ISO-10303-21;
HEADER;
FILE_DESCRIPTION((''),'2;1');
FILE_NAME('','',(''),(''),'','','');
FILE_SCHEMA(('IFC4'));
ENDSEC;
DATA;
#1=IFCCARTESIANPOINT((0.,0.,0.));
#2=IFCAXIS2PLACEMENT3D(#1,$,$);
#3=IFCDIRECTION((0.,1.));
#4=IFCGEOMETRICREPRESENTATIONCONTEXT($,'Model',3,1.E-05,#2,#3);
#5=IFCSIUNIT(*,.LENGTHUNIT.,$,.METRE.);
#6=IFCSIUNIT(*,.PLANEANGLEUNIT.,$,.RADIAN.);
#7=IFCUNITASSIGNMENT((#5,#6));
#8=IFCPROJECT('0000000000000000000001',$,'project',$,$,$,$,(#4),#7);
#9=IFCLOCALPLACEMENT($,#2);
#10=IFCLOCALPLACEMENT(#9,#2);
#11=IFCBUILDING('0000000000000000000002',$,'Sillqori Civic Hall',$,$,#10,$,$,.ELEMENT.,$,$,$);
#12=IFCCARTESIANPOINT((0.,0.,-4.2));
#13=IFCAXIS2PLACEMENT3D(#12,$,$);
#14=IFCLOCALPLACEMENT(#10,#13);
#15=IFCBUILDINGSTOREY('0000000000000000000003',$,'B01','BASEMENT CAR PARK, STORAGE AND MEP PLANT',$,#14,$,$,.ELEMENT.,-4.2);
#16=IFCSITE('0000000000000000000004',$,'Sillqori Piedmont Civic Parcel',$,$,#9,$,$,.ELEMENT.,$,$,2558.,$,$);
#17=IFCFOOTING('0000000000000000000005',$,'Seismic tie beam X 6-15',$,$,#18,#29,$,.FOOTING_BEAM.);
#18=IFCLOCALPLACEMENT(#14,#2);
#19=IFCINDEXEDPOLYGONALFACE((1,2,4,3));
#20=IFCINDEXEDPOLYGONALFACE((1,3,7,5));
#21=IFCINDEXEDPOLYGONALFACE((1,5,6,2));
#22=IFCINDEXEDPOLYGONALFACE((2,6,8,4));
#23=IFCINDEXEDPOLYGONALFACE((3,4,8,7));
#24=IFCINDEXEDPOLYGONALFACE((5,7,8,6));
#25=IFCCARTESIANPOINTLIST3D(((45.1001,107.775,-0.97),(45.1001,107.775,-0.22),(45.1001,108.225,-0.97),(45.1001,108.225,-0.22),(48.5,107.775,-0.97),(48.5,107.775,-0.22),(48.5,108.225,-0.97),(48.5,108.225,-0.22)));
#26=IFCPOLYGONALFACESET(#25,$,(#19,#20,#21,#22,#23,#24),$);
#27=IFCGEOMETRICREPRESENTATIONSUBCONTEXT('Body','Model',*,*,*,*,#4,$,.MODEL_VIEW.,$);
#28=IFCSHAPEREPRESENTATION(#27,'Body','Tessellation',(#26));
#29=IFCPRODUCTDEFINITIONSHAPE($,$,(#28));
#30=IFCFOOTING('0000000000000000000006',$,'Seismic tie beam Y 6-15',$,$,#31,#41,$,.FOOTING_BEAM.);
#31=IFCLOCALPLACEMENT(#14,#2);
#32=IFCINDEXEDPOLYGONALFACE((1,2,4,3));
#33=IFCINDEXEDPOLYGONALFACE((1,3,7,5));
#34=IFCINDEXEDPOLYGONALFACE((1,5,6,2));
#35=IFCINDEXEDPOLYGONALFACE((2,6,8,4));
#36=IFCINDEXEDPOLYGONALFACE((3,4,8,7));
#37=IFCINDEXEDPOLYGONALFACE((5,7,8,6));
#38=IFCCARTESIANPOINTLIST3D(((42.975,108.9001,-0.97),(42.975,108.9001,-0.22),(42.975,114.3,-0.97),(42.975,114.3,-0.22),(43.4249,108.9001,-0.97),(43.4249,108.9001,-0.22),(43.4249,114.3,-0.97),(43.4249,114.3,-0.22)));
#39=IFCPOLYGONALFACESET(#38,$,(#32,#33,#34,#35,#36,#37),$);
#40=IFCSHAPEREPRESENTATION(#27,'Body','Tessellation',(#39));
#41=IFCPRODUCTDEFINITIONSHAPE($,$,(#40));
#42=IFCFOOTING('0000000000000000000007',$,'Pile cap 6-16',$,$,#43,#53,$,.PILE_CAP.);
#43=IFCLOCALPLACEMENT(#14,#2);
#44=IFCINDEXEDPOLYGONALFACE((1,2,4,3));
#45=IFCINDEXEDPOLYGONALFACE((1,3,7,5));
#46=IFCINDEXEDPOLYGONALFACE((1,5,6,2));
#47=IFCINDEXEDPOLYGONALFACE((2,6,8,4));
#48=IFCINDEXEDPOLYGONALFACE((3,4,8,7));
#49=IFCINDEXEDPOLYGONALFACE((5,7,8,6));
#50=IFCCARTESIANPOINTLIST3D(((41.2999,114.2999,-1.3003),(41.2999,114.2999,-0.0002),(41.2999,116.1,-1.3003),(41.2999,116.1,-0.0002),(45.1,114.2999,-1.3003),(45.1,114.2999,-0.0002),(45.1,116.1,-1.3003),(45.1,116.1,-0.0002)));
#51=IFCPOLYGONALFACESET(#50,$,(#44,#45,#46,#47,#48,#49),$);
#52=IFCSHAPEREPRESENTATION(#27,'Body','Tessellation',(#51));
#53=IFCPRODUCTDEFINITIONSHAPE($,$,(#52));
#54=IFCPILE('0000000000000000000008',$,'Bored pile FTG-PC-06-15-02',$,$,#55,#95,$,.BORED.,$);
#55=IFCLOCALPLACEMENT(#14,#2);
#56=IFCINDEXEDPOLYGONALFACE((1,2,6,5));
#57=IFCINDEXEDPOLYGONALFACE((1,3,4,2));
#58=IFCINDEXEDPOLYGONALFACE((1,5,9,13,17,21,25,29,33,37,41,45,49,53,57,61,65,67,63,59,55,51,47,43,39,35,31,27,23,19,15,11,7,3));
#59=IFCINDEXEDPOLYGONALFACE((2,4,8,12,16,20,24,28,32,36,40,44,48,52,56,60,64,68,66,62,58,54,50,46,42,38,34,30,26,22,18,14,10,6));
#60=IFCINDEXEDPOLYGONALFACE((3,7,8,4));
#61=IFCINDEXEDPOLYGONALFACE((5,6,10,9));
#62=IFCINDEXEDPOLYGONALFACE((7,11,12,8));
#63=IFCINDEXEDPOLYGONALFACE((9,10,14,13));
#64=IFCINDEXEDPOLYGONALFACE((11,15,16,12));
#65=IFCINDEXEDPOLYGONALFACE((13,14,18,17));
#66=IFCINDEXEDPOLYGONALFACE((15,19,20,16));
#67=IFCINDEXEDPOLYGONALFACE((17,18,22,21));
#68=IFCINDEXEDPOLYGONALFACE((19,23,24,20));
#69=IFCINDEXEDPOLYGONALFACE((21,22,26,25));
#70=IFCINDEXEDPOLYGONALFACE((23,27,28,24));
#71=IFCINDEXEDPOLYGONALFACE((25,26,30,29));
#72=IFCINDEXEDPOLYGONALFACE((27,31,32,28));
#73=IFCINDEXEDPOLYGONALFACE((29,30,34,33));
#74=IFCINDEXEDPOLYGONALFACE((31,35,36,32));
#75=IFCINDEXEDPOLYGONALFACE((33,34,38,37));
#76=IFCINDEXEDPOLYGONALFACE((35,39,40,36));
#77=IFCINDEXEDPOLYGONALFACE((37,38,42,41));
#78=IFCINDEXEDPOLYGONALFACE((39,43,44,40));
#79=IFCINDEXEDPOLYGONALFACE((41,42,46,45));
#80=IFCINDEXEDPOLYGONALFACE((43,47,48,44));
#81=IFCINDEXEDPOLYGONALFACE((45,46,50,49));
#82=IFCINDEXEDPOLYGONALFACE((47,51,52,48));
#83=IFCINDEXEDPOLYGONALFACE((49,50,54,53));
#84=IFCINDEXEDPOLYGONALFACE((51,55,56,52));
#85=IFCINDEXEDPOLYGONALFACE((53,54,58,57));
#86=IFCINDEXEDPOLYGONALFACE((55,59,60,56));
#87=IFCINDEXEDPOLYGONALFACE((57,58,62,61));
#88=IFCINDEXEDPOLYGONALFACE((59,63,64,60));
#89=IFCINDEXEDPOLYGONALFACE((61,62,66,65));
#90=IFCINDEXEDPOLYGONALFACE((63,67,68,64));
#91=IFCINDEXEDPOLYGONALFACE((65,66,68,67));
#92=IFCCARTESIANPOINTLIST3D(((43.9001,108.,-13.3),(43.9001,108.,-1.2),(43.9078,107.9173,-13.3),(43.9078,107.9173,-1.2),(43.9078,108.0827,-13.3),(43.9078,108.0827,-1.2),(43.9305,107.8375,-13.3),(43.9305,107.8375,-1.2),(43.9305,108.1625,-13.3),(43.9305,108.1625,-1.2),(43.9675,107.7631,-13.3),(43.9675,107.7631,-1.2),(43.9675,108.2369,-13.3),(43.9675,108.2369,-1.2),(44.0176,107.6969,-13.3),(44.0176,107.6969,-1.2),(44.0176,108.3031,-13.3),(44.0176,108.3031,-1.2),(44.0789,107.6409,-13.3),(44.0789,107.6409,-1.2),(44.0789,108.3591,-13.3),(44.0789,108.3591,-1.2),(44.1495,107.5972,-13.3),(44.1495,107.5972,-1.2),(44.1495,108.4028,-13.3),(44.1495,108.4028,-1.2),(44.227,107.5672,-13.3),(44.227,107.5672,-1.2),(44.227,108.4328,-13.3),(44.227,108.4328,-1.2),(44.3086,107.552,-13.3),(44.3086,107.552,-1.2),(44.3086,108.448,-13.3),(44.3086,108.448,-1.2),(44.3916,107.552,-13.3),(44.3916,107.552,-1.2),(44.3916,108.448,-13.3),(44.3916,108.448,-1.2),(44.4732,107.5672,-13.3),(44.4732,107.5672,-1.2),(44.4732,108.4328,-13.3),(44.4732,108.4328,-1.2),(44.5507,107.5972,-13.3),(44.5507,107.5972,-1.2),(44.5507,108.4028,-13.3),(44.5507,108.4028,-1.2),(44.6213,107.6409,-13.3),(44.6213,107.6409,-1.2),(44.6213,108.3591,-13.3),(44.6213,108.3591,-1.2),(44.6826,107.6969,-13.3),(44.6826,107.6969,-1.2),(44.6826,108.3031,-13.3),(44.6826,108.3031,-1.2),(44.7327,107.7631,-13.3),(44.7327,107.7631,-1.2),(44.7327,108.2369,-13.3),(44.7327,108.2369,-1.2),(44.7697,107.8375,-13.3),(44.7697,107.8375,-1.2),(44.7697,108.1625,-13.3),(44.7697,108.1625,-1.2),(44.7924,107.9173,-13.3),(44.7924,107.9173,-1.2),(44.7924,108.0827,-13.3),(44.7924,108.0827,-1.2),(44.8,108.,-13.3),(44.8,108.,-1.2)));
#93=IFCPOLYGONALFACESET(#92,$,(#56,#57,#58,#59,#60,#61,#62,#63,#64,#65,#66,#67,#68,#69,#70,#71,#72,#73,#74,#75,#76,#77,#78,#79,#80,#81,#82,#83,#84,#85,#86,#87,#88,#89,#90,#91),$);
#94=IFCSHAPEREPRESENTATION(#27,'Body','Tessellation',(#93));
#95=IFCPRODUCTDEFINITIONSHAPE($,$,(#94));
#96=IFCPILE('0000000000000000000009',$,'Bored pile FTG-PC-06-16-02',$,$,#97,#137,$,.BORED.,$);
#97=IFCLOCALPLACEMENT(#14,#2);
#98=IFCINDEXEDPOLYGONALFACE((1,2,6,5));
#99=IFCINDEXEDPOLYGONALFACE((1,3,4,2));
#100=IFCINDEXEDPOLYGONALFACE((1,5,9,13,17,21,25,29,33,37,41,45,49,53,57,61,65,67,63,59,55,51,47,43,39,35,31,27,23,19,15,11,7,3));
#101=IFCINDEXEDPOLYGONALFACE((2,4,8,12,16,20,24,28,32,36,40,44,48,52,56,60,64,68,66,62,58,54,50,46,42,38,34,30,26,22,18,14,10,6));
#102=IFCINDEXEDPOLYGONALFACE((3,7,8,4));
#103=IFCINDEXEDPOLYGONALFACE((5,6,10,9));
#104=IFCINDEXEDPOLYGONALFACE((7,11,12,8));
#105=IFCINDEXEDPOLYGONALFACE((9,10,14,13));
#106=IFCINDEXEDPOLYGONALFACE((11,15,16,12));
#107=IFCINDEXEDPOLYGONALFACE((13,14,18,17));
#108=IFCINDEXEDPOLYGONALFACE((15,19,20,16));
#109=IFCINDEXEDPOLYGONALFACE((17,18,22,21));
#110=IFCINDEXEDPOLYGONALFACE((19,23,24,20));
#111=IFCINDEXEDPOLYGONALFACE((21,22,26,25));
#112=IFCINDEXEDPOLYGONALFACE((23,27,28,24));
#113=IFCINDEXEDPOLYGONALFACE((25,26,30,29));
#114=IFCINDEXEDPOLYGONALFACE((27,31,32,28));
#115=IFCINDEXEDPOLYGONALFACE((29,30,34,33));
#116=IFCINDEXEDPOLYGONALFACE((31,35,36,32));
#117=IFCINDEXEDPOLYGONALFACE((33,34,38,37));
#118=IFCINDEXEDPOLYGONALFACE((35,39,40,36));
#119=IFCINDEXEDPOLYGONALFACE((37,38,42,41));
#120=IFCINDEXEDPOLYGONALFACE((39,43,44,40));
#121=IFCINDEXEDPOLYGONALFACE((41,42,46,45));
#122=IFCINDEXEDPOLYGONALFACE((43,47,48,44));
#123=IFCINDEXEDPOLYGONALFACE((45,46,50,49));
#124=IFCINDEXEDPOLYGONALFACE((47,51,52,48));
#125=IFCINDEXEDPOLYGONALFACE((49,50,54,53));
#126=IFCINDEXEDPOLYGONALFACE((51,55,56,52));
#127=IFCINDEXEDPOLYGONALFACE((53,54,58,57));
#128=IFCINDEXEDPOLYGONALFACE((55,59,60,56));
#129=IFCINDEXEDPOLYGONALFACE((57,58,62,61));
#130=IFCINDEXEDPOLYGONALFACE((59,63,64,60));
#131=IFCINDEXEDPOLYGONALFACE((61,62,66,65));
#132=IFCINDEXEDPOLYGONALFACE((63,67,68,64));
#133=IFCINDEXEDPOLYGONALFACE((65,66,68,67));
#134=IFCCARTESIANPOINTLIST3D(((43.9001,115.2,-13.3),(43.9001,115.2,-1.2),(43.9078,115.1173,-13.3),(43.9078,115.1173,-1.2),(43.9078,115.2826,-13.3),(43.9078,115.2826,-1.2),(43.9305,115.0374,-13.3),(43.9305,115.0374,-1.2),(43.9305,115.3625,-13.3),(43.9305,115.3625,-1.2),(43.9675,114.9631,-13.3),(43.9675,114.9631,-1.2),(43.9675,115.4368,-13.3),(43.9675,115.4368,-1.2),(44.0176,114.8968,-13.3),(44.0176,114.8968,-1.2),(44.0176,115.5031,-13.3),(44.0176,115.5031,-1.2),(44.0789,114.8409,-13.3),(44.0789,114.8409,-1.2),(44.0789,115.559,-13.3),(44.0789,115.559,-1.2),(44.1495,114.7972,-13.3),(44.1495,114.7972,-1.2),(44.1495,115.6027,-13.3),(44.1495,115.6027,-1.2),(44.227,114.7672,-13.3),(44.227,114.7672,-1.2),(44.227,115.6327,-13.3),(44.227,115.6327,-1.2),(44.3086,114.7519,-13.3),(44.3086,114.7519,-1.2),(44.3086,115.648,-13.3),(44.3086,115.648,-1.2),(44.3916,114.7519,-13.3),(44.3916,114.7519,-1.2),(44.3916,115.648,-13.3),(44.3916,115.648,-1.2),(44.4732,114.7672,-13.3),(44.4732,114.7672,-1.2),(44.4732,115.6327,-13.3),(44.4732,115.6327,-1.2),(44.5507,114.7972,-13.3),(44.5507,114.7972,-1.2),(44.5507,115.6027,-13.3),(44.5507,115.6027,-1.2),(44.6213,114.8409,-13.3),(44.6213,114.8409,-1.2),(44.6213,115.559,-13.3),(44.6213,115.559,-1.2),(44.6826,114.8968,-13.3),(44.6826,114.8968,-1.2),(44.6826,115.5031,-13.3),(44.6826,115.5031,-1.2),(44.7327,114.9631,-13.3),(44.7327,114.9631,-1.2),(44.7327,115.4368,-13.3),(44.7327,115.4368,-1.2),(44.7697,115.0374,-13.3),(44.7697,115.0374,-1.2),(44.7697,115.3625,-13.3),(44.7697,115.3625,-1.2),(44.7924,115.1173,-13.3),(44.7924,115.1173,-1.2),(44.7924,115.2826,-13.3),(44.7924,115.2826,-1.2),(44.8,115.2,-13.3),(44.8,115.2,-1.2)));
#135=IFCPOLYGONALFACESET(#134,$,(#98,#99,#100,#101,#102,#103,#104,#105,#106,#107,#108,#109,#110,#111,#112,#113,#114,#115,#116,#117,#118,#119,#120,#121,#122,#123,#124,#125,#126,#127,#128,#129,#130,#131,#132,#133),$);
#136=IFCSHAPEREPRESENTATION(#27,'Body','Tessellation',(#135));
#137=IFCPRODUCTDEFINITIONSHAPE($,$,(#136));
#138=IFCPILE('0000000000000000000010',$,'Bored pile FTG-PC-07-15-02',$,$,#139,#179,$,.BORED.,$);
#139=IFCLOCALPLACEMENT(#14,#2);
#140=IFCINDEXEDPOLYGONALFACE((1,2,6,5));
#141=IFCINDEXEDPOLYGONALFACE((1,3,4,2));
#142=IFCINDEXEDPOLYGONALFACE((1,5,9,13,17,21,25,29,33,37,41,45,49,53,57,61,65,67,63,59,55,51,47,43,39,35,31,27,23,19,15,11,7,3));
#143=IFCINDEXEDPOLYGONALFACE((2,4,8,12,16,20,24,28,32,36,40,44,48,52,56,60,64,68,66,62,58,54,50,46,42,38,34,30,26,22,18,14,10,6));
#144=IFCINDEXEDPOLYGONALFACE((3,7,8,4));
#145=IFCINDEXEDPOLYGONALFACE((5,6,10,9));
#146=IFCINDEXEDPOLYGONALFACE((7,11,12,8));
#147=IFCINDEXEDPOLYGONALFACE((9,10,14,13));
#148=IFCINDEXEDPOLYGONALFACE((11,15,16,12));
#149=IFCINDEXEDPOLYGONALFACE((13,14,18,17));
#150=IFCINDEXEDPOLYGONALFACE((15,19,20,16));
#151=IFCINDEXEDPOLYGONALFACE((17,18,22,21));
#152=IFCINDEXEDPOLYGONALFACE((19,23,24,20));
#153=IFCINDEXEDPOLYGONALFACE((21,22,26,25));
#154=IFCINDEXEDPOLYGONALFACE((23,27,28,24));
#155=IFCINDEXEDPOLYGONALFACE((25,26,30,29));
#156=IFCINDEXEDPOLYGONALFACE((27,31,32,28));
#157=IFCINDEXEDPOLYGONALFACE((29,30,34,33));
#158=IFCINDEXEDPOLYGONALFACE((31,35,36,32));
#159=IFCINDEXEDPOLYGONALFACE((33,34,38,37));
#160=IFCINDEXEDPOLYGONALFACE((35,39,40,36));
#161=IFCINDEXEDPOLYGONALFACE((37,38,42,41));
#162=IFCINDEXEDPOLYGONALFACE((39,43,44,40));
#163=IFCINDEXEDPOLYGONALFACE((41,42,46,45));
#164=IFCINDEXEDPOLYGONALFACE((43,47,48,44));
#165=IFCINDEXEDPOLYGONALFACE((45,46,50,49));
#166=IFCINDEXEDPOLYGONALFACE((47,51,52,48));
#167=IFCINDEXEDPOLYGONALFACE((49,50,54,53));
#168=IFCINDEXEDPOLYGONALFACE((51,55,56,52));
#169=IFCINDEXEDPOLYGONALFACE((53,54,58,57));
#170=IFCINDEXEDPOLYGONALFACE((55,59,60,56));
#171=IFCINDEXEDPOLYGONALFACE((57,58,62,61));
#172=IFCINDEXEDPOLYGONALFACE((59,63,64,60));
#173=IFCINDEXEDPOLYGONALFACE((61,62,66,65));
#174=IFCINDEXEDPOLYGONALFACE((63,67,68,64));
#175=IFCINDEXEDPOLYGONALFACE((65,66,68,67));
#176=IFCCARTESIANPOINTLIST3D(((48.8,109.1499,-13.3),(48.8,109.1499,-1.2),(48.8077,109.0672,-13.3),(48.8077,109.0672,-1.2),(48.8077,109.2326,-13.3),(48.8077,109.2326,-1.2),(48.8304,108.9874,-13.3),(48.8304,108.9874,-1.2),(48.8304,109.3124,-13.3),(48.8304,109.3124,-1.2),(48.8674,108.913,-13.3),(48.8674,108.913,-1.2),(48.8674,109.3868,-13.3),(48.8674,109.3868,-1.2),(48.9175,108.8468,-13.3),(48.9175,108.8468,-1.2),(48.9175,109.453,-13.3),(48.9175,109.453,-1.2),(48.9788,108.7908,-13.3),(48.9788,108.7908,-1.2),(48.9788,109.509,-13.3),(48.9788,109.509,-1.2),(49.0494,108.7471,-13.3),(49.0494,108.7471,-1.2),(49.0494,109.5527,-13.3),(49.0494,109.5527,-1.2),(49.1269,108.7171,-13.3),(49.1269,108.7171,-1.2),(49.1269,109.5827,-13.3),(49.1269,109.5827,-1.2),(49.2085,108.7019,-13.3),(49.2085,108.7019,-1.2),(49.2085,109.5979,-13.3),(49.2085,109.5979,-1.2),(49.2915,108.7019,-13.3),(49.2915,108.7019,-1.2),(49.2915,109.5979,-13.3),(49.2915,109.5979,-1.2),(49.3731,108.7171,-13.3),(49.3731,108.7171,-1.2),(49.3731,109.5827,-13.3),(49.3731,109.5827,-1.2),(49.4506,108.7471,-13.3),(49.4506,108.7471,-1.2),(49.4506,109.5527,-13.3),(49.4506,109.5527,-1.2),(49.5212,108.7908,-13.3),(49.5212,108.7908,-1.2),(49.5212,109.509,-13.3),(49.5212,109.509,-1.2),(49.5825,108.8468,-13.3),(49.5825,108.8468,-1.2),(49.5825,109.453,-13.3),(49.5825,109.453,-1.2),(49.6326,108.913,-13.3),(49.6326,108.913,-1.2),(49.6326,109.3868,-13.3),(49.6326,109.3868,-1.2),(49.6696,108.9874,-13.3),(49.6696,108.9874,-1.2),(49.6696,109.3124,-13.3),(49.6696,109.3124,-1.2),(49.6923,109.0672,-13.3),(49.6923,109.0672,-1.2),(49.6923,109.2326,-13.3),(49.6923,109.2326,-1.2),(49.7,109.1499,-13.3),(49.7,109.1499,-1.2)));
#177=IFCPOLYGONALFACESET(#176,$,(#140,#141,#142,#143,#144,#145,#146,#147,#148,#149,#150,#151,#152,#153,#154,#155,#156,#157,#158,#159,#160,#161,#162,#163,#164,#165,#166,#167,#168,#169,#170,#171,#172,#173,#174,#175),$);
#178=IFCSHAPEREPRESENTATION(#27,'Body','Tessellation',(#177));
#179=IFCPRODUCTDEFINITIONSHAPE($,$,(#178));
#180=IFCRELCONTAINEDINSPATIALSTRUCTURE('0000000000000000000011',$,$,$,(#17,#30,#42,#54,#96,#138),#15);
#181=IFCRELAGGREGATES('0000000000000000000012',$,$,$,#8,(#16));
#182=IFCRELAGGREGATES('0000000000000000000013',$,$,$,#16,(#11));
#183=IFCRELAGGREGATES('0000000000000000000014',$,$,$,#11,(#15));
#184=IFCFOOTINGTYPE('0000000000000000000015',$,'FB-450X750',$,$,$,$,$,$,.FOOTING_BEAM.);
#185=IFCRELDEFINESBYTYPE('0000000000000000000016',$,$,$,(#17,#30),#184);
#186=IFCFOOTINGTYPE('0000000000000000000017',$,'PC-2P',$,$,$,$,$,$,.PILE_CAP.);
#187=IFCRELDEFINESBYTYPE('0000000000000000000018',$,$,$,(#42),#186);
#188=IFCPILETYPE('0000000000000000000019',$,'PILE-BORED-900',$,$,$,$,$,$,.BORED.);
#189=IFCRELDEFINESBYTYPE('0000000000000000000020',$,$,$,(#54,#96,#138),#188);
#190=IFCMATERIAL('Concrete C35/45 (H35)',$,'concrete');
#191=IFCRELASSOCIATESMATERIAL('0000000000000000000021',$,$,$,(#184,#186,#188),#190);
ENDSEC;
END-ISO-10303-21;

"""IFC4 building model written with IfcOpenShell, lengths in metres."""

from ifc_helpers import new_model, si_unit, direction, frame, origin, origin_2d, place, context, subcontext, project, spatial, rectangle, circle, extrude, material, material_profile, profile_set, type_object, element, save


model = new_model("IFC4")

# Units and contexts
model_context = context("Model", 3, precision=1e-05, world=origin(), true_north=direction((0.0, 1.0)))
body_context = subcontext(model_context, "Body", "Model", "MODEL_VIEW")
ifc_project = project(units=[si_unit("LENGTHUNIT", "METRE"), si_unit("PLANEANGLEUNIT", "RADIAN")], contexts=[model_context])

# Site, building, storey
site_placement = place(None, origin())
site = spatial("IfcSite", under=ifc_project, at=site_placement, Name="Sillqori Piedmont Civic Parcel", CompositionType="ELEMENT", RefElevation=2558.0)
building_placement = place(site_placement, origin())
building = spatial("IfcBuilding", under=site, at=building_placement, Name="Sillqori Civic Hall", CompositionType="ELEMENT")
storey_placement = place(building_placement, frame((0.0, 0.0, -4.2)))
storey = spatial("IfcBuildingStorey", under=building, at=storey_placement, Name="B01", Description="BASEMENT CAR PARK, STORAGE AND MEP PLANT", CompositionType="ELEMENT", Elevation=-4.2)

# Footings
ifc_material_1 = material(Name="Concrete C35/45 (H35)", Category="concrete")
footing_type_1 = type_object("IfcFootingType", Name="FB-450X750", PredefinedType="FOOTING_BEAM", material=ifc_material_1)
footing_1_placement = place(storey_placement, frame((46.8, 108.0, -0.97), z_axis=(0.0, 0.0, 1.0), x_axis=(1.0, 0.0, 0.0)))
element("IfcFooting", 1, at=footing_1_placement, inside=storey, type_object=footing_type_1, Name="Seismic tie beam X 6-15", PredefinedType="FOOTING_BEAM", context=body_context, shape_type="SweptSolid", body=[
    extrude(rectangle(XDim=3.3999, YDim=0.45, at=origin_2d()), origin(), (0.0, 0.0, 1.0), 0.75),
])
footing_2_placement = place(storey_placement, frame((43.2, 111.6001, -0.97), z_axis=(0.0, 0.0, 1.0), x_axis=(1.0, 0.0, 0.0)))
element("IfcFooting", 2, at=footing_2_placement, inside=storey, type_object=footing_type_1, Name="Seismic tie beam Y 6-15", PredefinedType="FOOTING_BEAM", context=body_context, shape_type="SweptSolid", body=[
    extrude(rectangle(XDim=0.45, YDim=5.3999, at=origin_2d()), origin(), (0.0, 0.0, 1.0), 0.75),
])
footing_type_2 = type_object("IfcFootingType", Name="PC-2P", PredefinedType="PILE_CAP", material=ifc_material_1)
footing_3_placement = place(storey_placement, frame((43.2, 115.2, -1.3003), z_axis=(0.0, 0.0, 1.0), x_axis=(1.0, 0.0, 0.0)))
element("IfcFooting", 3, at=footing_3_placement, inside=storey, type_object=footing_type_2, Name="Pile cap 6-16", PredefinedType="PILE_CAP", context=body_context, shape_type="SweptSolid", body=[
    extrude(rectangle(XDim=3.8, YDim=1.8, at=origin_2d()), origin(), (0.0, 0.0, 1.0), 1.3),
])

# Piles
ifc_material_profile_1 = material_profile(ifc_material_1, circle(Radius=0.45, at=origin_2d()), Name="BORED PILE 900")
ifc_profile_set_1 = profile_set([ifc_material_profile_1], Name="Concrete C35/45 (H35)")
pile_type = type_object("IfcPileType", Name="PILE-BORED-900", PredefinedType="BORED", material=ifc_profile_set_1)
for number, where, z_axis, x_axis, name in (
    (4, (44.3501, 108.0, -1.2), (0.0, 0.0, -1.0), (1.0, 0.0, 0.0), "Bored pile FTG-PC-06-15-02"),
    (5, (44.3501, 115.2, -1.2), (0.0, 0.0, -1.0), (1.0, 0.0, 0.0), "Bored pile FTG-PC-06-16-02"),
    (6, (49.25, 109.1499, -1.2), (0.0, 0.0, -1.0), (1.0, 0.0, 0.0), "Bored pile FTG-PC-07-15-02"),
):
    element("IfcPile", number, at=place(storey_placement, frame(where, z_axis=z_axis, x_axis=x_axis)), inside=storey, type_object=pile_type, Name=name, PredefinedType="BORED", context=body_context, shape_type="SweptSolid", body=[
        extrude(circle(Radius=0.45, at=origin_2d()), origin(), (0.0, 0.0, 1.0), 12.1001),
    ])

save(model, "model.ifc")
